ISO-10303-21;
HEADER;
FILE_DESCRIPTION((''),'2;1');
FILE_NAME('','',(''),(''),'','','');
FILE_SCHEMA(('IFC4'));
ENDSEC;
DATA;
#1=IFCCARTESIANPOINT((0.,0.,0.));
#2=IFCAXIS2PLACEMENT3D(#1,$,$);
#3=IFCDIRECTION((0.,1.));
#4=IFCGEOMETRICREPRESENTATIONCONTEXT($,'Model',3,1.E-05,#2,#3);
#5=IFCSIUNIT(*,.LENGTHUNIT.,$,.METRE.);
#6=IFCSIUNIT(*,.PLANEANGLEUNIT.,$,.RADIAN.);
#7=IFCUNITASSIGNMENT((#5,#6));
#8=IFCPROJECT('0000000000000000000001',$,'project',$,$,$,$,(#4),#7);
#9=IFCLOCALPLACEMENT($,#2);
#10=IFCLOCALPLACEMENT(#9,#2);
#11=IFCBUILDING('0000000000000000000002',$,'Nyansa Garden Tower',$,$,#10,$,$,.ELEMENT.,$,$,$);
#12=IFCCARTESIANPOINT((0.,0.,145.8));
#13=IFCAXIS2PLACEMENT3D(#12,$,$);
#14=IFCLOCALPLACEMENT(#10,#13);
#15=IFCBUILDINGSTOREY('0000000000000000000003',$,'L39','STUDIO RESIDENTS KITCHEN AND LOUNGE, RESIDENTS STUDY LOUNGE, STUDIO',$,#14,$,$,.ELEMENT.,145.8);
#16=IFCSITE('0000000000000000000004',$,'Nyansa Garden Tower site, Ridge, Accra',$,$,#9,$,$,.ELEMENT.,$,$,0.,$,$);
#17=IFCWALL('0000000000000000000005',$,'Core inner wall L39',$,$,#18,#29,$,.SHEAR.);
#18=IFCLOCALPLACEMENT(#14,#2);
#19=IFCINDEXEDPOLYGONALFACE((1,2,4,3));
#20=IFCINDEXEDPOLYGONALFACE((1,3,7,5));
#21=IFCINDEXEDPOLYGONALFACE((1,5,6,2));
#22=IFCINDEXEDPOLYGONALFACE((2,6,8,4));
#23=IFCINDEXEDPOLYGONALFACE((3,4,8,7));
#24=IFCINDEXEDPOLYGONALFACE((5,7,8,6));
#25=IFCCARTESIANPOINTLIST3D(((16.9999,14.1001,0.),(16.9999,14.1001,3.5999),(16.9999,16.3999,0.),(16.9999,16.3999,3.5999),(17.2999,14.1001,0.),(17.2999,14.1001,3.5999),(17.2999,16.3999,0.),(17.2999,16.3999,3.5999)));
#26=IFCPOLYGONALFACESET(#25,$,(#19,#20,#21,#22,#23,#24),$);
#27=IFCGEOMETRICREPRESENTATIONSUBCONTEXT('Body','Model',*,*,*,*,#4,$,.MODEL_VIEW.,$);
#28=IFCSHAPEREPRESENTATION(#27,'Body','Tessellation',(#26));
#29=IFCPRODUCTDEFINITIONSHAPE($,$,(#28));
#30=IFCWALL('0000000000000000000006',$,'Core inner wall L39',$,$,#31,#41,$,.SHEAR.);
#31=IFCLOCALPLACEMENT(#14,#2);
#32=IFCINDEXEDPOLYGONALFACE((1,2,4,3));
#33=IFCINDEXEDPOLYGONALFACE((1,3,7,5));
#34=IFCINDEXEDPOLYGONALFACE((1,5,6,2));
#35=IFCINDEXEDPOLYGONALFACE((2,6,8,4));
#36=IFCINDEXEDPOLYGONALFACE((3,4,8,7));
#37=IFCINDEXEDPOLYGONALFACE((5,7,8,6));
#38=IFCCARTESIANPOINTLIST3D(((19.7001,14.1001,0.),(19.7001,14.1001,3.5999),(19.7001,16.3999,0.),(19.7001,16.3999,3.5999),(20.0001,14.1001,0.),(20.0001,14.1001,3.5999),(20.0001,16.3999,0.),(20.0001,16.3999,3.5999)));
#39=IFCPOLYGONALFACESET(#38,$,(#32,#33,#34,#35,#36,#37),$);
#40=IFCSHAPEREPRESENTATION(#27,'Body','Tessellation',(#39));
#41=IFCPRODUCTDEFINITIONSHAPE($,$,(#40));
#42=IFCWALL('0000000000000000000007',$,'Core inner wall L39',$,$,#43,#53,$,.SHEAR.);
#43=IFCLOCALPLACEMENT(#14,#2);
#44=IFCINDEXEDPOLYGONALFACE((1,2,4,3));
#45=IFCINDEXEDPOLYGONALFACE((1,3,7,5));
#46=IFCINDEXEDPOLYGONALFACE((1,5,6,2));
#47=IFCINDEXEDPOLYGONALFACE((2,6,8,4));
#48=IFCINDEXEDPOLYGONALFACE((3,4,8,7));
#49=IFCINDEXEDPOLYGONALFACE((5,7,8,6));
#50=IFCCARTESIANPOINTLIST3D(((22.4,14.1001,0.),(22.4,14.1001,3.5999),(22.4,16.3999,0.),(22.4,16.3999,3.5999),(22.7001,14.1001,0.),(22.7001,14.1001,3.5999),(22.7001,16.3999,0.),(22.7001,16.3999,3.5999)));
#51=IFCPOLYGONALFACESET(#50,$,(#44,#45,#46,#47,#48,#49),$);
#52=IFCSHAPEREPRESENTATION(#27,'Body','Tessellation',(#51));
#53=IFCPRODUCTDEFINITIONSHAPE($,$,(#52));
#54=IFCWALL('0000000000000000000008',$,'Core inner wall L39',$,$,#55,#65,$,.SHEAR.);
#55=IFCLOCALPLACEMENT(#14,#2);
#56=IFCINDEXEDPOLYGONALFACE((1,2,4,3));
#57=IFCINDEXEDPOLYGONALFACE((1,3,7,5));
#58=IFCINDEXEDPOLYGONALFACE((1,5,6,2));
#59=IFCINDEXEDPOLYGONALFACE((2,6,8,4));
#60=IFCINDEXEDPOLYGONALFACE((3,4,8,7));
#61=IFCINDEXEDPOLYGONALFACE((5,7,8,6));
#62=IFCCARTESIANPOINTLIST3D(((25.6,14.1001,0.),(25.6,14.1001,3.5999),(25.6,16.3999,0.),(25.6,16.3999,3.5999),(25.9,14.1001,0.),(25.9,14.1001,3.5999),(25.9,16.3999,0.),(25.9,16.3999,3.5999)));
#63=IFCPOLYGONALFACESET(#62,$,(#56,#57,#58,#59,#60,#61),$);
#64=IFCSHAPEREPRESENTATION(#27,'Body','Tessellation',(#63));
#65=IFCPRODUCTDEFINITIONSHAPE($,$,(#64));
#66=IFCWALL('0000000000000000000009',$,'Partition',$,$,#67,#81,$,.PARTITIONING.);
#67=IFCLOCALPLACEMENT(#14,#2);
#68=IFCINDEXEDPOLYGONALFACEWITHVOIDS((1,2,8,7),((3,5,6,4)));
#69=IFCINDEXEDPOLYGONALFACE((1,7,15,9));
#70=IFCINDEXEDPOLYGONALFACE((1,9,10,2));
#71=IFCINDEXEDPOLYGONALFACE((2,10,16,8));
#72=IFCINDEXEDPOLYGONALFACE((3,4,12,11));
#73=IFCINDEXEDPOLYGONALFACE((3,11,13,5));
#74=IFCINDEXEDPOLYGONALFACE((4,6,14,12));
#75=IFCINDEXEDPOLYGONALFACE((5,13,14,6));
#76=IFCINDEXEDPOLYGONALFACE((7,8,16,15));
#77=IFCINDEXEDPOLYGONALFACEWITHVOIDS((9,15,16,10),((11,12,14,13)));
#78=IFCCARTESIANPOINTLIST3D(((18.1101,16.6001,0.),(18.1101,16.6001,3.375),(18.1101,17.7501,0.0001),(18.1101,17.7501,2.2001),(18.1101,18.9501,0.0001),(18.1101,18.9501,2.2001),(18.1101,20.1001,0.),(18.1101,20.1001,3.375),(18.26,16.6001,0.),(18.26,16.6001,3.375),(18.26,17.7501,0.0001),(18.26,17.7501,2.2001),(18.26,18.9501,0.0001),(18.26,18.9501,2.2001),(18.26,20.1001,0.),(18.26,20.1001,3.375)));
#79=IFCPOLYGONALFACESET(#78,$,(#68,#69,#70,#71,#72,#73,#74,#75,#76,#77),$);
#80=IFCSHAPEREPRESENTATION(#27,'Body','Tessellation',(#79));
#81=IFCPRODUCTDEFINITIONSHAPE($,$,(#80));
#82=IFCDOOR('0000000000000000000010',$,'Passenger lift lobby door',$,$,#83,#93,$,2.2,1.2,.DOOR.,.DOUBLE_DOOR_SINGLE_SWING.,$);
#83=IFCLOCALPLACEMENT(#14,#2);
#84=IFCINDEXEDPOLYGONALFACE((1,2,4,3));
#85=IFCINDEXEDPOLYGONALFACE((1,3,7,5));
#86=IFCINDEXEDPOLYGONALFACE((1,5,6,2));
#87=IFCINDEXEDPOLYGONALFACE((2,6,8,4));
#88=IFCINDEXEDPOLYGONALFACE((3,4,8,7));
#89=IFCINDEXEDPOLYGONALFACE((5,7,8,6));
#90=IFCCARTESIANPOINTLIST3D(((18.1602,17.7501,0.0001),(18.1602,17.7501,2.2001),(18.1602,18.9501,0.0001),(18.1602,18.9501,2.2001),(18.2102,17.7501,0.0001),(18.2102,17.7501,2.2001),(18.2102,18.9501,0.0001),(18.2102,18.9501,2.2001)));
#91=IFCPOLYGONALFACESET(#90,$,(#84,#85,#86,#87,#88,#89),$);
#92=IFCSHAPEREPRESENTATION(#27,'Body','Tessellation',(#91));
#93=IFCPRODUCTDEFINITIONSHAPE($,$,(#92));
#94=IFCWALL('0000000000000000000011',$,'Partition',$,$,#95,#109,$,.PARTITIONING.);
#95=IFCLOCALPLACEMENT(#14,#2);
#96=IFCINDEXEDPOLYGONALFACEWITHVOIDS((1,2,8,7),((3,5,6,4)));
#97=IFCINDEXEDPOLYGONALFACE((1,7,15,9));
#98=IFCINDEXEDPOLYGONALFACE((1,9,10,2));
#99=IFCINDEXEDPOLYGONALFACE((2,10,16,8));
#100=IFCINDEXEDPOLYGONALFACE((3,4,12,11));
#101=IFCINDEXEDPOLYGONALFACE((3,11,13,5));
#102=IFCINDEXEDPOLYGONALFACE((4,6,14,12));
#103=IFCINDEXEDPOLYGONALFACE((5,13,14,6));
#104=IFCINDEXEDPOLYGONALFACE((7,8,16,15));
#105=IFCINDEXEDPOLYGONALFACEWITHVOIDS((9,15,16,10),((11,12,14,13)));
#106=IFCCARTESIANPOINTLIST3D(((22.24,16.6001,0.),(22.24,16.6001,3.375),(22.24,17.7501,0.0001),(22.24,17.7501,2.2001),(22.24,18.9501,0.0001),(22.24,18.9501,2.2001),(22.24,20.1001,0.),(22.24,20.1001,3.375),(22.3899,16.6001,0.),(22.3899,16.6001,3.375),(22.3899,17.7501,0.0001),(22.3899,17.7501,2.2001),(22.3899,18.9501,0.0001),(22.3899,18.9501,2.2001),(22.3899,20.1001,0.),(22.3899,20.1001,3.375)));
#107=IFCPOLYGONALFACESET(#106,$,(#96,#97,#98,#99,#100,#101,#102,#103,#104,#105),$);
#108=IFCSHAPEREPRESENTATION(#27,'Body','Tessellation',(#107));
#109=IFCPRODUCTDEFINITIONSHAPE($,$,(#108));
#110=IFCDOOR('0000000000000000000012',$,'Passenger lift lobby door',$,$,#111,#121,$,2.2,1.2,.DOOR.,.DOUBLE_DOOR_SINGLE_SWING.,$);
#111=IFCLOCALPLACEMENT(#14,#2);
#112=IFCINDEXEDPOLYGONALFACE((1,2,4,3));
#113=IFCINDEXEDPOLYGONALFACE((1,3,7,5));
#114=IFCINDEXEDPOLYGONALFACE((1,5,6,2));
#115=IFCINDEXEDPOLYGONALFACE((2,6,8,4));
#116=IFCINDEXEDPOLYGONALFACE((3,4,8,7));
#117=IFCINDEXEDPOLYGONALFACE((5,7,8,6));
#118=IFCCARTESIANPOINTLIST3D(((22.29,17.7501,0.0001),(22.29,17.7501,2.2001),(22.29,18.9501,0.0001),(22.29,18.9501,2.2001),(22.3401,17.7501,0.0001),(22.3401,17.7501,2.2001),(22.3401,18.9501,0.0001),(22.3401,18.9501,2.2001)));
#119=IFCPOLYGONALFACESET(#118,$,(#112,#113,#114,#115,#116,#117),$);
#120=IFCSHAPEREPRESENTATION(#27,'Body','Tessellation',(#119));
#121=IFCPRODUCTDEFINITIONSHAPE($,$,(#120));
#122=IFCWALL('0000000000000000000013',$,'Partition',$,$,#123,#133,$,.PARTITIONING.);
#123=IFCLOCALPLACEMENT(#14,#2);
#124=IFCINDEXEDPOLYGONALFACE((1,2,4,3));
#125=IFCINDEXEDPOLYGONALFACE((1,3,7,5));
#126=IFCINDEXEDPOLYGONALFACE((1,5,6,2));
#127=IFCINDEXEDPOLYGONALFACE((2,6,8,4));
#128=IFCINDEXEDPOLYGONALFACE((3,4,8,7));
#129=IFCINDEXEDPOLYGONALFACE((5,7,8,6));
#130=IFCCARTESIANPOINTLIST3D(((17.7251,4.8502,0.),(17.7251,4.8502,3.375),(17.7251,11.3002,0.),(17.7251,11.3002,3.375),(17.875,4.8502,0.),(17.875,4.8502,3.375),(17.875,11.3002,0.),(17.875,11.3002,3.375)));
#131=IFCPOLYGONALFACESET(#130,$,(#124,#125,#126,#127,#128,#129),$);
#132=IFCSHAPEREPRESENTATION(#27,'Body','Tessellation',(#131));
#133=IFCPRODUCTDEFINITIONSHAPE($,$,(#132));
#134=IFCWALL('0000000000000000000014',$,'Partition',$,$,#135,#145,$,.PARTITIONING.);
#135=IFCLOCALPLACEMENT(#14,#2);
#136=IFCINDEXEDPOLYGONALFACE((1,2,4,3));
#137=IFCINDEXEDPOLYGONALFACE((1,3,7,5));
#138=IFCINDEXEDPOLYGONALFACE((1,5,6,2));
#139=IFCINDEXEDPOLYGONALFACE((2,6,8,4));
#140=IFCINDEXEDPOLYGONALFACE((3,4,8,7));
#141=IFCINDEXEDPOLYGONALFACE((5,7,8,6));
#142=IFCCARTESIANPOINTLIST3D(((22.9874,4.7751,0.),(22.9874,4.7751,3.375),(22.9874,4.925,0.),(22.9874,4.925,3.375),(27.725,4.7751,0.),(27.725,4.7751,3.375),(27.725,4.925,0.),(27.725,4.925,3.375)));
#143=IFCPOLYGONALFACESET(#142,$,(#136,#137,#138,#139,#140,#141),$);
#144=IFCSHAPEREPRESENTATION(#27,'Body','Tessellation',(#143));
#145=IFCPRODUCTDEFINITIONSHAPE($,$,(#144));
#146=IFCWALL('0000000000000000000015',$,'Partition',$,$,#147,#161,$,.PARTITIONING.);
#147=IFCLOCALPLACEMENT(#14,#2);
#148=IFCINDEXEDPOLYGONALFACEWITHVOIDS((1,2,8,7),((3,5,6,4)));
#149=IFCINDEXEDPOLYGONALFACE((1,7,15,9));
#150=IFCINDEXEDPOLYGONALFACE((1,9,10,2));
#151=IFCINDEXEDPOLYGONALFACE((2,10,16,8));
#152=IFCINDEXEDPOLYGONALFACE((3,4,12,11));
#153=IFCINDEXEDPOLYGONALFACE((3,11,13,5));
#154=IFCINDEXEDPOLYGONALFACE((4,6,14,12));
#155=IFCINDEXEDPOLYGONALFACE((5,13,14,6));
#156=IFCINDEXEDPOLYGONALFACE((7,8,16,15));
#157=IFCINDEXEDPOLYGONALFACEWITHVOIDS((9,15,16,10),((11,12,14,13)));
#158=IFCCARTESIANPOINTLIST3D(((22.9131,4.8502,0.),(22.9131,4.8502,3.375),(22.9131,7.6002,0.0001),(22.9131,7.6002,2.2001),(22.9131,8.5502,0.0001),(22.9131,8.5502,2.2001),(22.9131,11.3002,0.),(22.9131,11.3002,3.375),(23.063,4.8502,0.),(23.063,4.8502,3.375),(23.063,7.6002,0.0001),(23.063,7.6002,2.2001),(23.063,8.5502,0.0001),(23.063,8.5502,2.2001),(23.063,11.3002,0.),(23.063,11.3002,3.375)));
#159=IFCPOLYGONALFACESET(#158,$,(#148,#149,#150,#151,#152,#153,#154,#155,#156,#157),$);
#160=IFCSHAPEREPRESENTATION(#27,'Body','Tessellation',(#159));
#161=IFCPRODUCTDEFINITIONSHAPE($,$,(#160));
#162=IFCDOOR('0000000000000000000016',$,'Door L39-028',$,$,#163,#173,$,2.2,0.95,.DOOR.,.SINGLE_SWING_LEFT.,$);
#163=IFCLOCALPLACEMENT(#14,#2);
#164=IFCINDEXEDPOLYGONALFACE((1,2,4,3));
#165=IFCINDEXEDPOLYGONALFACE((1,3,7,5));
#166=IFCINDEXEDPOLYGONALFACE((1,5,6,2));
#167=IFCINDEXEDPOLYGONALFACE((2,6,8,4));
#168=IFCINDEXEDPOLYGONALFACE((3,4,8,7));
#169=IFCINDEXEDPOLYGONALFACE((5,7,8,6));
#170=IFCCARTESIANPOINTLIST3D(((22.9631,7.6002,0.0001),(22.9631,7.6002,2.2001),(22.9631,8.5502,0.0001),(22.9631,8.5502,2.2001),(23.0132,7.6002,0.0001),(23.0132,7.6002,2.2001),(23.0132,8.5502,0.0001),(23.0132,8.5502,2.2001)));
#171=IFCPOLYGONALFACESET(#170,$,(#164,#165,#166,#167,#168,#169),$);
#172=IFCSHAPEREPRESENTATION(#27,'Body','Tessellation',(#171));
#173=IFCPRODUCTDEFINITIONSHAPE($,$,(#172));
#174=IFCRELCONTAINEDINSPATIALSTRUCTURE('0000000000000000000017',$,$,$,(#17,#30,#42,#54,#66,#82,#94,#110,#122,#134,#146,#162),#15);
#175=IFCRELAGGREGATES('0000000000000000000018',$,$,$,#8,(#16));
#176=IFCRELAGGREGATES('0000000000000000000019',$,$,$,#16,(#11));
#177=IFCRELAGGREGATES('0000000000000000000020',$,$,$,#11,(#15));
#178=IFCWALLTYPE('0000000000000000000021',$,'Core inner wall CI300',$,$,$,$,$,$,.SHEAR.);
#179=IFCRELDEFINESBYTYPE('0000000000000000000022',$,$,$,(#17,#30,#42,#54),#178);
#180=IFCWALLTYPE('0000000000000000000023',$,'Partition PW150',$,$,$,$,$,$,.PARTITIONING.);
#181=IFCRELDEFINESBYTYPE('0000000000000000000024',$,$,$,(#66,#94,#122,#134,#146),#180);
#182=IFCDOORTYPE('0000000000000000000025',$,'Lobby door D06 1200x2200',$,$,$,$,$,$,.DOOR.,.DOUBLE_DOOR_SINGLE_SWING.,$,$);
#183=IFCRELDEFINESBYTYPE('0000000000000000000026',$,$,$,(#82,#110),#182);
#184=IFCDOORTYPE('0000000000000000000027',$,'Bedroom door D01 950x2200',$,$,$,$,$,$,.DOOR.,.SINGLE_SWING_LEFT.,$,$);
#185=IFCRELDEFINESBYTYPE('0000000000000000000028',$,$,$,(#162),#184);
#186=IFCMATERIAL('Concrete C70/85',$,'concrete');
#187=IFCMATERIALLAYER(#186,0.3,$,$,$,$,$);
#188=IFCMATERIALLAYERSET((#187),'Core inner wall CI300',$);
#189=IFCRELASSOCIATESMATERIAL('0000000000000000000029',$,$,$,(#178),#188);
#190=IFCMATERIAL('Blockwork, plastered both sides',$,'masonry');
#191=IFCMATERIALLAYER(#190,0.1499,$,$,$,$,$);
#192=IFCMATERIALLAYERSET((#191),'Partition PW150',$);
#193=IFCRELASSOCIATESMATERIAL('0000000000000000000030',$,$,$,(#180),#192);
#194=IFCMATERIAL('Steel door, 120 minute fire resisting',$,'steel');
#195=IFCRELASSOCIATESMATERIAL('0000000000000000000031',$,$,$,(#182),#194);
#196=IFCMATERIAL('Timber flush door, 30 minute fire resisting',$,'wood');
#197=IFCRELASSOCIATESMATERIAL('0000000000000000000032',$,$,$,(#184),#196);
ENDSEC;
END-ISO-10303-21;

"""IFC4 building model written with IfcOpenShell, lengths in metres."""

from ifc_helpers import new_model, si_unit, direction, frame, frame_2d, origin, place, context, subcontext, project, spatial, rectangle, extrude, material, layer, layer_set, type_object, element, fill, save


model = new_model("IFC4")

# Units and contexts
model_context = context("Model", 3, precision=1e-05, world=origin(), true_north=direction((0.0, 1.0)))
body_context = subcontext(model_context, "Body", "Model", "MODEL_VIEW")
ifc_project = project(units=[si_unit("LENGTHUNIT", "METRE"), si_unit("PLANEANGLEUNIT", "RADIAN")], contexts=[model_context])

# Site, building, storey
site_placement = place(None, origin())
site = spatial("IfcSite", under=ifc_project, at=site_placement, Name="Nyansa Garden Tower site, Ridge, Accra", CompositionType="ELEMENT", RefElevation=0.0)
building_placement = place(site_placement, origin())
building = spatial("IfcBuilding", under=site, at=building_placement, Name="Nyansa Garden Tower", CompositionType="ELEMENT")
storey_placement = place(building_placement, frame((0.0, 0.0, 145.8)))
storey = spatial("IfcBuildingStorey", under=building, at=storey_placement, Name="L39", Description="STUDIO RESIDENTS KITCHEN AND LOUNGE, RESIDENTS STUDY LOUNGE, STUDIO", CompositionType="ELEMENT", Elevation=145.8)

# Walls
ifc_material_1 = material(Name="Concrete C70/85", Category="concrete")
ifc_layer_1 = layer(ifc_material_1, 0.3)
ifc_layer_set_1 = layer_set([ifc_layer_1], Name="Core inner wall CI300")
wall_type_1 = type_object("IfcWallType", Name="Core inner wall CI300", PredefinedType="SHEAR", material=ifc_layer_set_1)
for number, where, z_axis, x_axis, name in (
    (1, (17.1499, 14.1001, 0.0), (0.0, 0.0, 1.0), (0.0, 1.0, 0.0), "Core inner wall L39"),
    (2, (19.8501, 14.1001, 0.0), (0.0, 0.0, 1.0), (0.0, 1.0, 0.0), "Core inner wall L39"),
    (3, (22.55, 14.1001, 0.0), (0.0, 0.0, 1.0), (0.0, 1.0, 0.0), "Core inner wall L39"),
    (4, (25.75, 14.1001, 0.0), (0.0, 0.0, 1.0), (0.0, 1.0, 0.0), "Core inner wall L39"),
):
    element("IfcWall", number, at=place(storey_placement, frame(where, z_axis=z_axis, x_axis=x_axis)), inside=storey, type_object=wall_type_1, Name=name, PredefinedType="SHEAR", context=body_context, shape_type="SweptSolid", body=[
        extrude(rectangle(XDim=2.2998, YDim=0.3, at=frame_2d((1.1499, 0.0))), origin(), (0.0, 0.0, 1.0), 3.5999),
    ])

# Walls, openings, doors
ifc_material_2 = material(Name="Blockwork, plastered both sides", Category="masonry")
ifc_layer_2 = layer(ifc_material_2, 0.1499)
ifc_layer_set_2 = layer_set([ifc_layer_2], Name="Partition PW150")
wall_type_2 = type_object("IfcWallType", Name="Partition PW150", PredefinedType="PARTITIONING", material=ifc_layer_set_2)
wall_1_placement = place(storey_placement, frame((18.1851, 16.6001, 0.0), z_axis=(0.0, 0.0, 1.0), x_axis=(0.0, 1.0, 0.0)))
wall_1 = element("IfcWall", 5, at=wall_1_placement, inside=storey, type_object=wall_type_2, Name="Partition", PredefinedType="PARTITIONING", context=body_context, shape_type="SweptSolid", body=[
    extrude(rectangle(XDim=3.5, YDim=0.1499, at=frame_2d((1.75, 0.0))), origin(), (0.0, 0.0, 1.0), 3.375),
])
opening_1_placement = place(wall_1_placement, frame((1.1499, 0.0, 0.0)))
opening_1 = element("IfcOpeningElement", 6, at=opening_1_placement, cuts=wall_1, PredefinedType="OPENING", context=body_context, shape_type="SweptSolid", body=[
    extrude(rectangle(XDim=1.2, YDim=2.2, at=frame_2d((0.6001, 1.1001))), frame((0.0, 0.085, 0.0), z_axis=(0.0, -1.0, 0.0), x_axis=(1.0, 0.0, 0.0)), (0.0, 0.0, 1.0), 0.1699),
])
ifc_material_3 = material(Name="Steel door, 120 minute fire resisting", Category="steel")
door_type_1 = type_object("IfcDoorType", Name="Lobby door D06 1200x2200", OperationType="DOUBLE_DOOR_SINGLE_SWING", PredefinedType="DOOR", material=ifc_material_3)
door_1_placement = place(opening_1_placement, origin())
door_1 = element("IfcDoor", 7, at=door_1_placement, inside=storey, type_object=door_type_1, Name="Passenger lift lobby door", OperationType="DOUBLE_DOOR_SINGLE_SWING", OverallHeight=2.2, OverallWidth=1.2, PredefinedType="DOOR", context=body_context, shape_type="SweptSolid", body=[
    extrude(rectangle(XDim=1.2, YDim=2.2, at=frame_2d((0.6001, 1.1001))), frame((0.0, 0.0249, 0.0), z_axis=(0.0, -1.0, 0.0), x_axis=(1.0, 0.0, 0.0)), (0.0, 0.0, 1.0), 0.05),
])
fill(opening_1, door_1)
wall_2_placement = place(storey_placement, frame((22.3149, 16.6001, 0.0), z_axis=(0.0, 0.0, 1.0), x_axis=(0.0, 1.0, 0.0)))
wall_2 = element("IfcWall", 8, at=wall_2_placement, inside=storey, type_object=wall_type_2, Name="Partition", PredefinedType="PARTITIONING", context=body_context, shape_type="SweptSolid", body=[
    extrude(rectangle(XDim=3.5, YDim=0.1499, at=frame_2d((1.75, 0.0))), origin(), (0.0, 0.0, 1.0), 3.375),
])
opening_2_placement = place(wall_2_placement, frame((1.1499, 0.0, 0.0)))
opening_2 = element("IfcOpeningElement", 9, at=opening_2_placement, cuts=wall_2, PredefinedType="OPENING", context=body_context, shape_type="SweptSolid", body=[
    extrude(rectangle(XDim=1.2, YDim=2.2, at=frame_2d((0.6001, 1.1001))), frame((0.0, 0.085, 0.0), z_axis=(0.0, -1.0, 0.0), x_axis=(1.0, 0.0, 0.0)), (0.0, 0.0, 1.0), 0.1699),
])
door_2_placement = place(opening_2_placement, origin())
door_2 = element("IfcDoor", 10, at=door_2_placement, inside=storey, type_object=door_type_1, Name="Passenger lift lobby door", OperationType="DOUBLE_DOOR_SINGLE_SWING", OverallHeight=2.2, OverallWidth=1.2, PredefinedType="DOOR", context=body_context, shape_type="SweptSolid", body=[
    extrude(rectangle(XDim=1.2, YDim=2.2, at=frame_2d((0.6001, 1.1001))), frame((0.0, 0.0249, 0.0), z_axis=(0.0, -1.0, 0.0), x_axis=(1.0, 0.0, 0.0)), (0.0, 0.0, 1.0), 0.05),
])
fill(opening_2, door_2)

# Walls
wall_3_placement = place(storey_placement, frame((17.8, 4.8501, 0.0), z_axis=(0.0, 0.0, 1.0), x_axis=(0.0, 1.0, 0.0)))
element("IfcWall", 11, at=wall_3_placement, inside=storey, type_object=wall_type_2, Name="Partition", PredefinedType="PARTITIONING", context=body_context, shape_type="SweptSolid", body=[
    extrude(rectangle(XDim=6.45, YDim=0.1499, at=frame_2d((3.2251, 0.0))), origin(), (0.0, 0.0, 1.0), 3.375),
])
wall_4_placement = place(storey_placement, frame((22.9875, 4.8501, 0.0), z_axis=(0.0, 0.0, 1.0), x_axis=(1.0, 0.0, 0.0)))
element("IfcWall", 12, at=wall_4_placement, inside=storey, type_object=wall_type_2, Name="Partition", PredefinedType="PARTITIONING", context=body_context, shape_type="SweptSolid", body=[
    extrude(rectangle(XDim=4.7375, YDim=0.1499, at=frame_2d((2.3687, 0.0))), origin(), (0.0, 0.0, 1.0), 3.375),
])

# Wall, opening, door
wall_5_placement = place(storey_placement, frame((22.988, 4.8501, 0.0), z_axis=(0.0, 0.0, 1.0), x_axis=(0.0, 1.0, 0.0)))
wall_5 = element("IfcWall", 13, at=wall_5_placement, inside=storey, type_object=wall_type_2, Name="Partition", PredefinedType="PARTITIONING", context=body_context, shape_type="SweptSolid", body=[
    extrude(rectangle(XDim=6.45, YDim=0.1499, at=frame_2d((3.2251, 0.0))), origin(), (0.0, 0.0, 1.0), 3.375),
])
opening_3_placement = place(wall_5_placement, frame((2.75, 0.0, 0.0)))
opening_3 = element("IfcOpeningElement", 14, at=opening_3_placement, cuts=wall_5, PredefinedType="OPENING", context=body_context, shape_type="SweptSolid", body=[
    extrude(rectangle(XDim=0.95, YDim=2.2, at=frame_2d((0.4751, 1.1001))), frame((0.0, 0.085, 0.0), z_axis=(0.0, -1.0, 0.0), x_axis=(1.0, 0.0, 0.0)), (0.0, 0.0, 1.0), 0.1699),
])
ifc_material_4 = material(Name="Timber flush door, 30 minute fire resisting", Category="wood")
door_type_2 = type_object("IfcDoorType", Name="Bedroom door D01 950x2200", OperationType="SINGLE_SWING_LEFT", PredefinedType="DOOR", material=ifc_material_4)
door_3_placement = place(opening_3_placement, origin())
door_3 = element("IfcDoor", 15, at=door_3_placement, inside=storey, type_object=door_type_2, Name="Door L39-028", OperationType="SINGLE_SWING_LEFT", OverallHeight=2.2, OverallWidth=0.95, PredefinedType="DOOR", context=body_context, shape_type="SweptSolid", body=[
    extrude(rectangle(XDim=0.95, YDim=2.2, at=frame_2d((0.4751, 1.1001))), frame((0.0, 0.0249, 0.0), z_axis=(0.0, -1.0, 0.0), x_axis=(1.0, 0.0, 0.0)), (0.0, 0.0, 1.0), 0.05),
])
fill(opening_3, door_3)

save(model, "model.ifc")
